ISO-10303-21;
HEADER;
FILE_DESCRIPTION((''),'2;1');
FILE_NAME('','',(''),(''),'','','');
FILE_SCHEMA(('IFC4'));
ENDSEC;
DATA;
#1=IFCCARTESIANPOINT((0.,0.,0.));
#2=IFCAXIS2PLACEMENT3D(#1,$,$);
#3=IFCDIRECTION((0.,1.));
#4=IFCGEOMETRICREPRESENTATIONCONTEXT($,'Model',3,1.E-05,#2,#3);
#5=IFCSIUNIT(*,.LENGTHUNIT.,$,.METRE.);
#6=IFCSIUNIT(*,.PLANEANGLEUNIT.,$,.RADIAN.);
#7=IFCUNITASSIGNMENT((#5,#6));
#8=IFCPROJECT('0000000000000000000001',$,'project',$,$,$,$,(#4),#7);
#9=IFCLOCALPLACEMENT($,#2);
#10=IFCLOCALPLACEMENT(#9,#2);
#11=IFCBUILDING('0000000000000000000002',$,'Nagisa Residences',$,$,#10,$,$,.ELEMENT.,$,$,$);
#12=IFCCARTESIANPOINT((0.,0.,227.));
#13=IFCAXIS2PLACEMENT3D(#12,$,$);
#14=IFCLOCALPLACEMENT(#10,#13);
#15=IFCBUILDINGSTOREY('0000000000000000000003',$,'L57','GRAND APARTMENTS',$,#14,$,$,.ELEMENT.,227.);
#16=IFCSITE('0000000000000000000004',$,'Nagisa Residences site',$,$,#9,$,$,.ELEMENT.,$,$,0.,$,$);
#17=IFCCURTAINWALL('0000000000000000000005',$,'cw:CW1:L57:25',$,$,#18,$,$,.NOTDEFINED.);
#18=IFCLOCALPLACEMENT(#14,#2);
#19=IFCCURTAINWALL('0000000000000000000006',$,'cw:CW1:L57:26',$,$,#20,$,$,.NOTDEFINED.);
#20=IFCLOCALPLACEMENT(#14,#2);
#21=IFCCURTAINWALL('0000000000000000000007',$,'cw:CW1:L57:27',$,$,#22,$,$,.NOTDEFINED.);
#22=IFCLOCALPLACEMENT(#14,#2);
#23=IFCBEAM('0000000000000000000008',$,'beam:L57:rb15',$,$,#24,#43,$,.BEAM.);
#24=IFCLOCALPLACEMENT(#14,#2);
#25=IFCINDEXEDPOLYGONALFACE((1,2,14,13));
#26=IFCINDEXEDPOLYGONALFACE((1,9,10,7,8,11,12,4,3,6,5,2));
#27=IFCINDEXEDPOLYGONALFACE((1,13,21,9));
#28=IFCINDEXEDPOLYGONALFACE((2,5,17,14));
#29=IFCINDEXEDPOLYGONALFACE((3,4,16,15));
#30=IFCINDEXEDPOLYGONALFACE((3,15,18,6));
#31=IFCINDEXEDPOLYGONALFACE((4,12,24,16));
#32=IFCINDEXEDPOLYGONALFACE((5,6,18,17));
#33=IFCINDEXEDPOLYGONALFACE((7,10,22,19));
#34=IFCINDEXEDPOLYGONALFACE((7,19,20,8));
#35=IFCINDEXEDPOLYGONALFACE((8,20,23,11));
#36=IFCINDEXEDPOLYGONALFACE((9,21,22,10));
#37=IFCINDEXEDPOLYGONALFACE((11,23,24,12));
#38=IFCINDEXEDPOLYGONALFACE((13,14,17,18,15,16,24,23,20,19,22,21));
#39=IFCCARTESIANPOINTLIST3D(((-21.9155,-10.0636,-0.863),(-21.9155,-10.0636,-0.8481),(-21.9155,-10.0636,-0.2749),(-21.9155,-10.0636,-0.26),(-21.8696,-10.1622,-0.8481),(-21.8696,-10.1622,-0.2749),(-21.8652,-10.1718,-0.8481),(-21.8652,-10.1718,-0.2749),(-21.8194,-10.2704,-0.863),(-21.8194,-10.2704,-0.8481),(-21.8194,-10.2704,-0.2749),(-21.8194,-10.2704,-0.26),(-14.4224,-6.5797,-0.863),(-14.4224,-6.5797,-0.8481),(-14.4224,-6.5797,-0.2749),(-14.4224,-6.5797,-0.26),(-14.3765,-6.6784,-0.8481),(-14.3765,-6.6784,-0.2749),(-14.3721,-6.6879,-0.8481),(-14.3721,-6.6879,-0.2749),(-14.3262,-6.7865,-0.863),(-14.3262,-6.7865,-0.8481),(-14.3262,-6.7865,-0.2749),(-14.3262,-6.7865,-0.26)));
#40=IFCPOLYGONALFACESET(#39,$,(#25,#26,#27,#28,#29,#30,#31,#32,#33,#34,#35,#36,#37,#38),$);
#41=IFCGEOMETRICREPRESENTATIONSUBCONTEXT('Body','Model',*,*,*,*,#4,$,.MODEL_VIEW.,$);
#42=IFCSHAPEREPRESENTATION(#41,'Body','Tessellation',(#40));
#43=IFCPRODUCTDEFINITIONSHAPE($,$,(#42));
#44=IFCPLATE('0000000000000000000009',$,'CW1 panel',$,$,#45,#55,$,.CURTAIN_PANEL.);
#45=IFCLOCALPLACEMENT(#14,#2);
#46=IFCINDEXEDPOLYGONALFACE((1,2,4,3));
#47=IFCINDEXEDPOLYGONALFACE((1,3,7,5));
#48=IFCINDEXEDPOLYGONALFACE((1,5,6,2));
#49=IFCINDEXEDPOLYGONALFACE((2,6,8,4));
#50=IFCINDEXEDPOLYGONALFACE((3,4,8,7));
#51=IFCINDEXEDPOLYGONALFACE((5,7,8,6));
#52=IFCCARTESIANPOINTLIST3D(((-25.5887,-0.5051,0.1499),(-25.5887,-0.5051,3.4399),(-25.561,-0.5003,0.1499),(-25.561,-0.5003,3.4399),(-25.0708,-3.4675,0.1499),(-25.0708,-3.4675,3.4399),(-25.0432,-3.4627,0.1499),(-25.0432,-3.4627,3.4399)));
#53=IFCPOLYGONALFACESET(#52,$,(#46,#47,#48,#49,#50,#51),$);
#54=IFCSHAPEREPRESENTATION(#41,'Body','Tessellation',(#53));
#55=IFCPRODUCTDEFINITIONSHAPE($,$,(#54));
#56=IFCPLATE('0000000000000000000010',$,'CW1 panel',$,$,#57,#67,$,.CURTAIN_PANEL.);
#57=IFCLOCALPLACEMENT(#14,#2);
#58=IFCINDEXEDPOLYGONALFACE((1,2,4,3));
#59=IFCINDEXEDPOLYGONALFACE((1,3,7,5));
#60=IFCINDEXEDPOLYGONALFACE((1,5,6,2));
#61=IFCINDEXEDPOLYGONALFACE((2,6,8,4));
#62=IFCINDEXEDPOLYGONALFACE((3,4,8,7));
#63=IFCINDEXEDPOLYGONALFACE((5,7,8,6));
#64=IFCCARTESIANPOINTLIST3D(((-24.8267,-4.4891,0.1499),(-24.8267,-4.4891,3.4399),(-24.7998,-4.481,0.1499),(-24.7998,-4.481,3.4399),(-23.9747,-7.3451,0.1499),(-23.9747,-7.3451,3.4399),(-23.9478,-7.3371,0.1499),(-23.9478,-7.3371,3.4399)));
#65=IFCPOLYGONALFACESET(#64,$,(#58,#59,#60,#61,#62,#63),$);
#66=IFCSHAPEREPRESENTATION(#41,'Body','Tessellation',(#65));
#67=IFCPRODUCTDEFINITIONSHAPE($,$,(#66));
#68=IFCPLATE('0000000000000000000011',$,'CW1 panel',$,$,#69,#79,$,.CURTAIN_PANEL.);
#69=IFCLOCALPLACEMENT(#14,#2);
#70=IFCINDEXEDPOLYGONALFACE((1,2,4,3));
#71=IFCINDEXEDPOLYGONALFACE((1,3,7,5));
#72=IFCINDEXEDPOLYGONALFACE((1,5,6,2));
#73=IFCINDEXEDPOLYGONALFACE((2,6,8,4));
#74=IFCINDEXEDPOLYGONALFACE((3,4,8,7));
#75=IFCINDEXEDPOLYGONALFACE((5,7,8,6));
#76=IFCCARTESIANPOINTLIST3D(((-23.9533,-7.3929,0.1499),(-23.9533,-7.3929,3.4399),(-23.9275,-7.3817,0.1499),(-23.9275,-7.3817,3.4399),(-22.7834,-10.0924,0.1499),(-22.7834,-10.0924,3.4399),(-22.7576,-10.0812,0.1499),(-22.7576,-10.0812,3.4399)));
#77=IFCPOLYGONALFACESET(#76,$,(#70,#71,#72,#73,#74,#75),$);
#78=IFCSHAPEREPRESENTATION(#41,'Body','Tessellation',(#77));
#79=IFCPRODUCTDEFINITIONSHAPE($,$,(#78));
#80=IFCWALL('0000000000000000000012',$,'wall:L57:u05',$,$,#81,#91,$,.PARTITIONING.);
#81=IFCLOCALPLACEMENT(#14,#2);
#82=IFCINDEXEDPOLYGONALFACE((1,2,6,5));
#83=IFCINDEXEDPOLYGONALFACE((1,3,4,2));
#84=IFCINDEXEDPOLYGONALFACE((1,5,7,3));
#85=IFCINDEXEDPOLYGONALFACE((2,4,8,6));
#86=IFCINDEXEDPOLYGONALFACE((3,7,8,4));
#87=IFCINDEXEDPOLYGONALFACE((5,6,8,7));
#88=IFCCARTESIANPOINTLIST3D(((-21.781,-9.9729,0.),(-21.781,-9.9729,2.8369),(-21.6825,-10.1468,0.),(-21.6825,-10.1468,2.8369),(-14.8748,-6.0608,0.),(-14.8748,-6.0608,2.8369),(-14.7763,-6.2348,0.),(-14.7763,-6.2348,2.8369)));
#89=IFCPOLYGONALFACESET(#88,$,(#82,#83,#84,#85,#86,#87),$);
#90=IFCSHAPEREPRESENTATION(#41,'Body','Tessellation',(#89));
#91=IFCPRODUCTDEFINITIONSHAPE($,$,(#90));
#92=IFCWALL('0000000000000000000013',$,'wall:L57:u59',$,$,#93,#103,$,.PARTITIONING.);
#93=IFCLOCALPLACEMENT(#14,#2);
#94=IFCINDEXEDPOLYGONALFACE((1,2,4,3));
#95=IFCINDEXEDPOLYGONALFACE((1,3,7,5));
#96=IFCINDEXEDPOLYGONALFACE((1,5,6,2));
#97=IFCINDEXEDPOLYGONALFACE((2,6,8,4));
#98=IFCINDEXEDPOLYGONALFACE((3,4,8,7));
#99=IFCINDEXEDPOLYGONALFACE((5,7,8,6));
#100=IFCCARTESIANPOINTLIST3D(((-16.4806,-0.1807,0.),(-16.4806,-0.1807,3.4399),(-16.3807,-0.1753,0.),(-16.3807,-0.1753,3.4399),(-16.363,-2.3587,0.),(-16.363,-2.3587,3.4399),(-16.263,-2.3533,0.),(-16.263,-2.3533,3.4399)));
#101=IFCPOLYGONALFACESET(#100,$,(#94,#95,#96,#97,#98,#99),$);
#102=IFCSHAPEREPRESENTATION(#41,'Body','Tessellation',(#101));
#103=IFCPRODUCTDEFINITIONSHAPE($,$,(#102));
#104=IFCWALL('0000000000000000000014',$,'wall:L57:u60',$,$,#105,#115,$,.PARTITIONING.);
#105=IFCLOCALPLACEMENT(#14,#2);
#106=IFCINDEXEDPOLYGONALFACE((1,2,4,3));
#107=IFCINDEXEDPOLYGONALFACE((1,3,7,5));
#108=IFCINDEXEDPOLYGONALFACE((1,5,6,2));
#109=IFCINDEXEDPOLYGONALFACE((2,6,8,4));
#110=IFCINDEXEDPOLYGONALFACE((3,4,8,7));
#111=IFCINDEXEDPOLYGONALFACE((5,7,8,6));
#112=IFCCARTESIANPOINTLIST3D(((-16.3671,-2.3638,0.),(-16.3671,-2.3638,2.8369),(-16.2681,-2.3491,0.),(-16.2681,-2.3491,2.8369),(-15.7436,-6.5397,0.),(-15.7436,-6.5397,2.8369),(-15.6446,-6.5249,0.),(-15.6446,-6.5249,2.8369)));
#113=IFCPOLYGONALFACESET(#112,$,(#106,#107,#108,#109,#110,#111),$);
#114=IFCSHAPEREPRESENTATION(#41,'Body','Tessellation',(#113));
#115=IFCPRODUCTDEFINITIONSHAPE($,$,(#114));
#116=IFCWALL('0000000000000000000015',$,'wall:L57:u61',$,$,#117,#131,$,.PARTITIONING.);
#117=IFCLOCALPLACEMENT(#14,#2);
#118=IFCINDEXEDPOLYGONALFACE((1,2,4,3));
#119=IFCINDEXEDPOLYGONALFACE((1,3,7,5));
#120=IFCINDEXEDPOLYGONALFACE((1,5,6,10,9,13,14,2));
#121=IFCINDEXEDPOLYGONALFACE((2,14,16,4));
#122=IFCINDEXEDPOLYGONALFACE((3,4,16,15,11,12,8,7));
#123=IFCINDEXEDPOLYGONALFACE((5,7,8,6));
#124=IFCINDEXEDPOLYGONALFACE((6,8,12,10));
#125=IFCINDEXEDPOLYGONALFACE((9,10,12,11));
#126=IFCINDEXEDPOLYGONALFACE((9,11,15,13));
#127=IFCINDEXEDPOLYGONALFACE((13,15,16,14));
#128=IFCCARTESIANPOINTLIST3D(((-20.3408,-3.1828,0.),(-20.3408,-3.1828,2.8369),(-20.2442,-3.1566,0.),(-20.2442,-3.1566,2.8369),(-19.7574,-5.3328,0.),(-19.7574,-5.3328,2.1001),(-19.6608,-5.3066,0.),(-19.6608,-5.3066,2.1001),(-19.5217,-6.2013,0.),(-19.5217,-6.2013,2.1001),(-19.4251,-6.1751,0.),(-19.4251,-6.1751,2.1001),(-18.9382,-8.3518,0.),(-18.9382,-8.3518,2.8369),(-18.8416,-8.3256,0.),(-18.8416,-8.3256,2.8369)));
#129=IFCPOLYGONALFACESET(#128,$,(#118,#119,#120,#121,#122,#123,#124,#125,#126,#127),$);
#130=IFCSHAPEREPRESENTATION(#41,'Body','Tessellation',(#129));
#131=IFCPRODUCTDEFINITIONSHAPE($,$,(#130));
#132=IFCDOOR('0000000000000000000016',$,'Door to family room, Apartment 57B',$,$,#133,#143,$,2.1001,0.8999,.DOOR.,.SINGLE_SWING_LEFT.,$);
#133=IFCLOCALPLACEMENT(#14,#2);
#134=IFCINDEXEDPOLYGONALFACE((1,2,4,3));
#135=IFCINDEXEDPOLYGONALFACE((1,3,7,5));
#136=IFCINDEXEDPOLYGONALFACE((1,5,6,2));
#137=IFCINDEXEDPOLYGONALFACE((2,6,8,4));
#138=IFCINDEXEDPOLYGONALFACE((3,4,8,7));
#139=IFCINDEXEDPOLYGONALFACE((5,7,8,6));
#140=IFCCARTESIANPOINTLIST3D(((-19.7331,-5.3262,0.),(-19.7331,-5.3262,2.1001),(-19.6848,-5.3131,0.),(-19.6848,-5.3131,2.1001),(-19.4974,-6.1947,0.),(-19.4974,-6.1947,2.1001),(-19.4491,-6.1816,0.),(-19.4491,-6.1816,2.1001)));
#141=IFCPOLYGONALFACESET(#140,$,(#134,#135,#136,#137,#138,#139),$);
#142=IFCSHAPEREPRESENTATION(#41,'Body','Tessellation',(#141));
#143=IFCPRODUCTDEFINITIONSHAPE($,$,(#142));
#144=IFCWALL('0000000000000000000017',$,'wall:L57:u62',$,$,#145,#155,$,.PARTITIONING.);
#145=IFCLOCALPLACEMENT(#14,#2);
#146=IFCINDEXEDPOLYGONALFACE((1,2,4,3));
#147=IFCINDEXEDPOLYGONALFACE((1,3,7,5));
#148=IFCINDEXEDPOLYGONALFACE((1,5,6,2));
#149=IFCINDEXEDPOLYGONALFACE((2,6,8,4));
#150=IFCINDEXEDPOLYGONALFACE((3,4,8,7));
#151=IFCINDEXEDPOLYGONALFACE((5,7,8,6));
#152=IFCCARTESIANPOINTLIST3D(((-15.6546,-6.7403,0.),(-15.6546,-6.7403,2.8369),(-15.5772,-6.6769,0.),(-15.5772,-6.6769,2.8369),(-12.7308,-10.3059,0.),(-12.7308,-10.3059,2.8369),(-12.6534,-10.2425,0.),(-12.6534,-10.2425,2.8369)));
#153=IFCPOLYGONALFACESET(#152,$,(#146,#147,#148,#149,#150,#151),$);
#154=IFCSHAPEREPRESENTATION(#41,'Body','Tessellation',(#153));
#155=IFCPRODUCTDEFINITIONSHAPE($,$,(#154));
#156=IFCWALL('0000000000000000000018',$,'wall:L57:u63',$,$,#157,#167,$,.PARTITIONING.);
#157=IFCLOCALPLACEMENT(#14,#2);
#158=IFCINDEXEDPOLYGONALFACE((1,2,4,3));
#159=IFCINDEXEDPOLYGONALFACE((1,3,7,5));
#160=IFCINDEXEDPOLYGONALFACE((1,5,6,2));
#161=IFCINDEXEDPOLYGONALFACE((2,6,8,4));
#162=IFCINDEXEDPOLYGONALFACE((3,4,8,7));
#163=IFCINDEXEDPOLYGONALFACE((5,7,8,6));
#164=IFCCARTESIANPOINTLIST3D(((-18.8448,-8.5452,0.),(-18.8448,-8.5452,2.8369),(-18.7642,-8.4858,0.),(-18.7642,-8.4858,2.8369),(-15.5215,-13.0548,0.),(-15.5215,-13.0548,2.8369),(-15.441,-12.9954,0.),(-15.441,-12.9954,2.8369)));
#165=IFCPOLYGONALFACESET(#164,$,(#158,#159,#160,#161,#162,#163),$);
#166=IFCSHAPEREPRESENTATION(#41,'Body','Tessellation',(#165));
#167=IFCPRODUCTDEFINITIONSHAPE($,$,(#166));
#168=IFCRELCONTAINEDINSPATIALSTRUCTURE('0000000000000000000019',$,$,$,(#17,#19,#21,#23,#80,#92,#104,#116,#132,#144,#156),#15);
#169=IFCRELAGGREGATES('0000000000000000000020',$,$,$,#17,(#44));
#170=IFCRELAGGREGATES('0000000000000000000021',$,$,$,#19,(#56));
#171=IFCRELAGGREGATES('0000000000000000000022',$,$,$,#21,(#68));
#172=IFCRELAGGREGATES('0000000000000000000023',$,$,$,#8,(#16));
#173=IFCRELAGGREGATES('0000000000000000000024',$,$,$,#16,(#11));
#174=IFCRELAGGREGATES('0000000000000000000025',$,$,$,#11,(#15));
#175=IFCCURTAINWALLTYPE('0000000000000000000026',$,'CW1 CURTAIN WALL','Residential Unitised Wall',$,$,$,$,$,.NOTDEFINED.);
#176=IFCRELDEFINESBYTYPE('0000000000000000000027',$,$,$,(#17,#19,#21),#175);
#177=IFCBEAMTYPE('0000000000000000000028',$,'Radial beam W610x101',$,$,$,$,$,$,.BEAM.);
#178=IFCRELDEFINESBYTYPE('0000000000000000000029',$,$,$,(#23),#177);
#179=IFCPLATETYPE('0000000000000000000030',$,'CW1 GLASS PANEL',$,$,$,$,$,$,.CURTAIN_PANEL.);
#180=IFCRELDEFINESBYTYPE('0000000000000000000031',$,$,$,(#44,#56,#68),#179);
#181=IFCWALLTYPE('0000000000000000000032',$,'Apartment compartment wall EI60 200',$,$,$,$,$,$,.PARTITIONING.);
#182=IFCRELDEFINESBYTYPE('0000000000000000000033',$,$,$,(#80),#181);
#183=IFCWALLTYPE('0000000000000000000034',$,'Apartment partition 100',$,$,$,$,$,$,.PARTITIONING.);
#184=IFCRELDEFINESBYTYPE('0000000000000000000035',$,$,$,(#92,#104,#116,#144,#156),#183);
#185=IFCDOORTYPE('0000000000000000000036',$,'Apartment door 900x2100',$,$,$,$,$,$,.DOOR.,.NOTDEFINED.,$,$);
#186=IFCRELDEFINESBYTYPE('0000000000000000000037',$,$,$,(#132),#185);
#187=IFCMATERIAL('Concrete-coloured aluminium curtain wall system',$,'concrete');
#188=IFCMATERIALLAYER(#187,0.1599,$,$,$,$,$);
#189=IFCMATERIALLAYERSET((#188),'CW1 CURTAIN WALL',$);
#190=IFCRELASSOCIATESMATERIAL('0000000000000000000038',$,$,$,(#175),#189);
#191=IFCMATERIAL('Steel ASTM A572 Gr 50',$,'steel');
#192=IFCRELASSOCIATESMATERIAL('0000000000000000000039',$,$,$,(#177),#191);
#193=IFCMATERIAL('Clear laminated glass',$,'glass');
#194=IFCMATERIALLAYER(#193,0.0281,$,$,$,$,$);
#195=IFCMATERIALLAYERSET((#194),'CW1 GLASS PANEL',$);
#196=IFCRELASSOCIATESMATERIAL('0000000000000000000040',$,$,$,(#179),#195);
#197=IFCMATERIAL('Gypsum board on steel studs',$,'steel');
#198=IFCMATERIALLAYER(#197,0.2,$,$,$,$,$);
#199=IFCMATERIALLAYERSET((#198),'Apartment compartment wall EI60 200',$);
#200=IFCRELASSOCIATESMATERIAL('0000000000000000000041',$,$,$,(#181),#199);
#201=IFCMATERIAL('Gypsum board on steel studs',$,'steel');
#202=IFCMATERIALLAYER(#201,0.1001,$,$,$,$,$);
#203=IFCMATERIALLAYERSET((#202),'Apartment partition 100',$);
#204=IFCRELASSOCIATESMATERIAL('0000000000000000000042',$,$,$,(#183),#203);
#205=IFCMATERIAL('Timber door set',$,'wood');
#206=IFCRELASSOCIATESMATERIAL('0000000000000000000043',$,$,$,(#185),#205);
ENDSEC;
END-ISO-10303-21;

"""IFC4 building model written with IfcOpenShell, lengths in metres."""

from ifc_helpers import new_model, si_unit, direction, frame, frame_2d, origin, origin_2d, place, context, subcontext, project, spatial, rectangle, i_section, extrude, material, layer, layer_set, material_profile, profile_set, type_object, element, fill, aggregate, save


model = new_model("IFC4")

# Units and contexts
model_context = context("Model", 3, precision=1e-05, world=origin(), true_north=direction((0.0, 1.0)))
body_context = subcontext(model_context, "Body", "Model", "MODEL_VIEW")
ifc_project = project(units=[si_unit("LENGTHUNIT", "METRE"), si_unit("PLANEANGLEUNIT", "RADIAN")], contexts=[model_context])

# Site, building, storey
site_placement = place(None, origin())
site = spatial("IfcSite", under=ifc_project, at=site_placement, Name="Nagisa Residences site", CompositionType="ELEMENT", RefElevation=0.0)
building_placement = place(site_placement, origin())
building = spatial("IfcBuilding", under=site, at=building_placement, Name="Nagisa Residences", CompositionType="ELEMENT")
storey_placement = place(building_placement, frame((0.0, 0.0, 227.0)))
storey = spatial("IfcBuildingStorey", under=building, at=storey_placement, Name="L57", Description="GRAND APARTMENTS", CompositionType="ELEMENT", Elevation=227.0)

# Curtain walls
ifc_material_1 = material(Name="Concrete-coloured aluminium curtain wall system", Category="concrete")
ifc_layer_1 = layer(ifc_material_1, 0.1599)
ifc_layer_set_1 = layer_set([ifc_layer_1], Name="CW1 CURTAIN WALL")
curtain_wall_type = type_object("IfcCurtainWallType", Name="CW1 CURTAIN WALL", Description="Residential Unitised Wall", PredefinedType="NOTDEFINED", material=ifc_layer_set_1)
curtain_wall_1_placement = place(storey_placement, origin())
curtain_wall_1 = element("IfcCurtainWall", 1, at=curtain_wall_1_placement, inside=storey, type_object=curtain_wall_type, Name="cw:CW1:L57:25", PredefinedType="NOTDEFINED")
curtain_wall_2_placement = place(storey_placement, origin())
curtain_wall_2 = element("IfcCurtainWall", 2, at=curtain_wall_2_placement, inside=storey, type_object=curtain_wall_type, Name="cw:CW1:L57:26", PredefinedType="NOTDEFINED")
curtain_wall_3_placement = place(storey_placement, origin())
curtain_wall_3 = element("IfcCurtainWall", 3, at=curtain_wall_3_placement, inside=storey, type_object=curtain_wall_type, Name="cw:CW1:L57:27", PredefinedType="NOTDEFINED")

# Beam
ifc_material_2 = material(Name="Steel ASTM A572 Gr 50", Category="steel")
ifc_material_profile_1 = material_profile(ifc_material_2, i_section(OverallWidth=0.228, OverallDepth=0.603, WebThickness=0.0105, FlangeThickness=0.0149, at=origin_2d()), Name="W610x101")
ifc_profile_set_1 = profile_set([ifc_material_profile_1], Name="Steel ASTM A572 Gr 50")
beam_type_1 = type_object("IfcBeamType", Name="Radial beam W610x101", PredefinedType="BEAM", material=ifc_profile_set_1)
beam_1_placement = place(storey_placement, frame((-21.8674, -10.167, -0.5615), z_axis=(0.906782, 0.421601, 0.0), x_axis=(-0.421601, 0.906782, 0.0)))
element("IfcBeam", 4, at=beam_1_placement, inside=storey, type_object=beam_type_1, Name="beam:L57:rb15", PredefinedType="BEAM", context=body_context, shape_type="SweptSolid", body=[
    extrude(i_section(OverallWidth=0.228, OverallDepth=0.603, WebThickness=0.0105, FlangeThickness=0.0149, at=origin_2d()), origin(), (0.0, 0.0, 1.0), 8.2634),
])

# Plates
ifc_material_3 = material(Name="Clear laminated glass", Category="glass")
ifc_layer_2 = layer(ifc_material_3, 0.0281)
ifc_layer_set_2 = layer_set([ifc_layer_2], Name="CW1 GLASS PANEL")
plate_type = type_object("IfcPlateType", Name="CW1 GLASS PANEL", PredefinedType="CURTAIN_PANEL", material=ifc_layer_set_2)
plate_1_placement = place(storey_placement, frame((-25.3159, -1.9839, 0.1499), z_axis=(0.0, 0.0, 1.0), x_axis=(0.172191, -0.985064, 0.0)))
plate_1 = element("IfcPlate", 5, at=plate_1_placement, type_object=plate_type, Name="CW1 panel", PredefinedType="CURTAIN_PANEL", context=body_context, shape_type="SweptSolid", body=[
    extrude(rectangle(XDim=3.0073, YDim=0.0281, at=origin_2d()), origin(), (0.0, 0.0, 1.0), 3.29),
])
aggregate(curtain_wall_1, [plate_1])
plate_2_placement = place(storey_placement, frame((-24.3872, -5.9131, 0.1499), z_axis=(0.0, 0.0, 1.0), x_axis=(0.28586, -0.958271, 0.0)))
plate_2 = element("IfcPlate", 6, at=plate_2_placement, type_object=plate_type, Name="CW1 panel", PredefinedType="CURTAIN_PANEL", context=body_context, shape_type="SweptSolid", body=[
    extrude(rectangle(XDim=2.9805, YDim=0.0281, at=origin_2d()), origin(), (0.0, 0.0, 1.0), 3.29),
])
aggregate(curtain_wall_2, [plate_2])
plate_3_placement = place(storey_placement, frame((-23.3555, -8.7371, 0.1499), z_axis=(0.0, 0.0, 1.0), x_axis=(0.397636, -0.917543, 0.0)))
plate_3 = element("IfcPlate", 7, at=plate_3_placement, type_object=plate_type, Name="CW1 panel", PredefinedType="CURTAIN_PANEL", context=body_context, shape_type="SweptSolid", body=[
    extrude(rectangle(XDim=2.9421, YDim=0.0281, at=origin_2d()), origin(), (0.0, 0.0, 1.0), 3.29),
])
aggregate(curtain_wall_3, [plate_3])

# Walls
ifc_material_4 = material(Name="Gypsum board on steel studs", Category="steel")
ifc_layer_3 = layer(ifc_material_4, 0.2)
ifc_layer_set_3 = layer_set([ifc_layer_3], Name="Apartment compartment wall EI60 200")
wall_type_1 = type_object("IfcWallType", Name="Apartment compartment wall EI60 200", PredefinedType="PARTITIONING", material=ifc_layer_set_3)
wall_1_placement = place(storey_placement, frame((-14.8254, -6.1477, 0.0), z_axis=(0.0, 0.0, 1.0), x_axis=(-0.8701, -0.492876, 0.0)))
element("IfcWall", 8, at=wall_1_placement, inside=storey, type_object=wall_type_1, Name="wall:L57:u05", PredefinedType="PARTITIONING", context=body_context, shape_type="SweptSolid", body=[
    extrude(rectangle(XDim=7.9373, YDim=0.2, at=frame_2d((3.9688, 0.0))), origin(), (0.0, 0.0, 1.0), 2.8369),
])
ifc_material_5 = material(Name="Gypsum board on steel studs", Category="steel")
ifc_layer_4 = layer(ifc_material_5, 0.1001)
ifc_layer_set_4 = layer_set([ifc_layer_4], Name="Apartment partition 100")
wall_type_2 = type_object("IfcWallType", Name="Apartment partition 100", PredefinedType="PARTITIONING", material=ifc_layer_set_4)
wall_2_placement = place(storey_placement, frame((-16.4307, -0.178, 0.0), z_axis=(0.0, 0.0, 1.0), x_axis=(0.053951, -0.998544, 0.0)))
element("IfcWall", 9, at=wall_2_placement, inside=storey, type_object=wall_type_2, Name="wall:L57:u59", PredefinedType="PARTITIONING", context=body_context, shape_type="SweptSolid", body=[
    extrude(rectangle(XDim=2.1812, YDim=0.1001, at=frame_2d((1.0906, 0.0))), origin(), (0.0, 0.0, 1.0), 3.4399),
])
wall_3_placement = place(storey_placement, frame((-16.3176, -2.3564, 0.0), z_axis=(0.0, 0.0, 1.0), x_axis=(0.147684, -0.989035, 0.0)))
element("IfcWall", 10, at=wall_3_placement, inside=storey, type_object=wall_type_2, Name="wall:L57:u60", PredefinedType="PARTITIONING", context=body_context, shape_type="SweptSolid", body=[
    extrude(rectangle(XDim=4.2222, YDim=0.1001, at=frame_2d((2.1111, 0.0))), origin(), (0.0, 0.0, 1.0), 2.8369),
])

# Wall, opening, door
wall_4_placement = place(storey_placement, frame((-20.2925, -3.1697, 0.0), z_axis=(0.0, 0.0, 1.0), x_axis=(0.261879, -0.965101, 0.0)))
wall_4 = element("IfcWall", 11, at=wall_4_placement, inside=storey, type_object=wall_type_2, Name="wall:L57:u61", PredefinedType="PARTITIONING", context=body_context, shape_type="SweptSolid", body=[
    extrude(rectangle(XDim=5.356, YDim=0.1001, at=frame_2d((2.678, 0.0))), origin(), (0.0, 0.0, 1.0), 2.8369),
])
opening_1_placement = place(wall_4_placement, frame((2.2278, 0.0, 0.0)))
opening_1 = element("IfcOpeningElement", 12, at=opening_1_placement, cuts=wall_4, PredefinedType="OPENING", context=body_context, shape_type="SweptSolid", body=[
    extrude(rectangle(XDim=0.8999, YDim=2.1001, at=frame_2d((0.45, 1.05))), frame((0.0, 0.0601, 0.0), z_axis=(0.0, -1.0, 0.0), x_axis=(1.0, 0.0, 0.0)), (0.0, 0.0, 1.0), 0.1201),
])
ifc_material_6 = material(Name="Timber door set", Category="wood")
door_type_1 = type_object("IfcDoorType", Name="Apartment door 900x2100", OperationType="NOTDEFINED", PredefinedType="DOOR", material=ifc_material_6)
door_1_placement = place(opening_1_placement, frame((0.8999, 0.0, 0.0), x_axis=(-1.0, 0.0, 0.0)))
door_1 = element("IfcDoor", 13, at=door_1_placement, inside=storey, type_object=door_type_1, Name="Door to family room, Apartment 57B", OperationType="SINGLE_SWING_LEFT", OverallHeight=2.1001, OverallWidth=0.8999, PredefinedType="DOOR", context=body_context, shape_type="SweptSolid", body=[
    extrude(rectangle(XDim=0.8999, YDim=2.1001, at=frame_2d((0.45, 1.05))), frame((0.0, 0.0249, 0.0), z_axis=(0.0, -1.0, 0.0), x_axis=(1.0, 0.0, 0.0)), (0.0, 0.0, 1.0), 0.05),
])
fill(opening_1, door_1)

# Walls
wall_5_placement = place(storey_placement, frame((-15.616, -6.7085, 0.0), z_axis=(0.0, 0.0, 1.0), x_axis=(0.634076, -0.77327, 0.0)))
element("IfcWall", 14, at=wall_5_placement, inside=storey, type_object=wall_type_2, Name="wall:L57:u62", PredefinedType="PARTITIONING", context=body_context, shape_type="SweptSolid", body=[
    extrude(rectangle(XDim=4.6111, YDim=0.1001, at=frame_2d((2.3057, 0.0))), origin(), (0.0, 0.0, 1.0), 2.8369),
])
wall_6_placement = place(storey_placement, frame((-18.8044, -8.5156, 0.0), z_axis=(0.0, 0.0, 1.0), x_axis=(0.59325, -0.805019, 0.0)))
element("IfcWall", 15, at=wall_6_placement, inside=storey, type_object=wall_type_2, Name="wall:L57:u63", PredefinedType="PARTITIONING", context=body_context, shape_type="SweptSolid", body=[
    extrude(rectangle(XDim=5.6018, YDim=0.1001, at=frame_2d((2.8008, 0.0))), origin(), (0.0, 0.0, 1.0), 2.8369),
])

save(model, "model.ifc")
